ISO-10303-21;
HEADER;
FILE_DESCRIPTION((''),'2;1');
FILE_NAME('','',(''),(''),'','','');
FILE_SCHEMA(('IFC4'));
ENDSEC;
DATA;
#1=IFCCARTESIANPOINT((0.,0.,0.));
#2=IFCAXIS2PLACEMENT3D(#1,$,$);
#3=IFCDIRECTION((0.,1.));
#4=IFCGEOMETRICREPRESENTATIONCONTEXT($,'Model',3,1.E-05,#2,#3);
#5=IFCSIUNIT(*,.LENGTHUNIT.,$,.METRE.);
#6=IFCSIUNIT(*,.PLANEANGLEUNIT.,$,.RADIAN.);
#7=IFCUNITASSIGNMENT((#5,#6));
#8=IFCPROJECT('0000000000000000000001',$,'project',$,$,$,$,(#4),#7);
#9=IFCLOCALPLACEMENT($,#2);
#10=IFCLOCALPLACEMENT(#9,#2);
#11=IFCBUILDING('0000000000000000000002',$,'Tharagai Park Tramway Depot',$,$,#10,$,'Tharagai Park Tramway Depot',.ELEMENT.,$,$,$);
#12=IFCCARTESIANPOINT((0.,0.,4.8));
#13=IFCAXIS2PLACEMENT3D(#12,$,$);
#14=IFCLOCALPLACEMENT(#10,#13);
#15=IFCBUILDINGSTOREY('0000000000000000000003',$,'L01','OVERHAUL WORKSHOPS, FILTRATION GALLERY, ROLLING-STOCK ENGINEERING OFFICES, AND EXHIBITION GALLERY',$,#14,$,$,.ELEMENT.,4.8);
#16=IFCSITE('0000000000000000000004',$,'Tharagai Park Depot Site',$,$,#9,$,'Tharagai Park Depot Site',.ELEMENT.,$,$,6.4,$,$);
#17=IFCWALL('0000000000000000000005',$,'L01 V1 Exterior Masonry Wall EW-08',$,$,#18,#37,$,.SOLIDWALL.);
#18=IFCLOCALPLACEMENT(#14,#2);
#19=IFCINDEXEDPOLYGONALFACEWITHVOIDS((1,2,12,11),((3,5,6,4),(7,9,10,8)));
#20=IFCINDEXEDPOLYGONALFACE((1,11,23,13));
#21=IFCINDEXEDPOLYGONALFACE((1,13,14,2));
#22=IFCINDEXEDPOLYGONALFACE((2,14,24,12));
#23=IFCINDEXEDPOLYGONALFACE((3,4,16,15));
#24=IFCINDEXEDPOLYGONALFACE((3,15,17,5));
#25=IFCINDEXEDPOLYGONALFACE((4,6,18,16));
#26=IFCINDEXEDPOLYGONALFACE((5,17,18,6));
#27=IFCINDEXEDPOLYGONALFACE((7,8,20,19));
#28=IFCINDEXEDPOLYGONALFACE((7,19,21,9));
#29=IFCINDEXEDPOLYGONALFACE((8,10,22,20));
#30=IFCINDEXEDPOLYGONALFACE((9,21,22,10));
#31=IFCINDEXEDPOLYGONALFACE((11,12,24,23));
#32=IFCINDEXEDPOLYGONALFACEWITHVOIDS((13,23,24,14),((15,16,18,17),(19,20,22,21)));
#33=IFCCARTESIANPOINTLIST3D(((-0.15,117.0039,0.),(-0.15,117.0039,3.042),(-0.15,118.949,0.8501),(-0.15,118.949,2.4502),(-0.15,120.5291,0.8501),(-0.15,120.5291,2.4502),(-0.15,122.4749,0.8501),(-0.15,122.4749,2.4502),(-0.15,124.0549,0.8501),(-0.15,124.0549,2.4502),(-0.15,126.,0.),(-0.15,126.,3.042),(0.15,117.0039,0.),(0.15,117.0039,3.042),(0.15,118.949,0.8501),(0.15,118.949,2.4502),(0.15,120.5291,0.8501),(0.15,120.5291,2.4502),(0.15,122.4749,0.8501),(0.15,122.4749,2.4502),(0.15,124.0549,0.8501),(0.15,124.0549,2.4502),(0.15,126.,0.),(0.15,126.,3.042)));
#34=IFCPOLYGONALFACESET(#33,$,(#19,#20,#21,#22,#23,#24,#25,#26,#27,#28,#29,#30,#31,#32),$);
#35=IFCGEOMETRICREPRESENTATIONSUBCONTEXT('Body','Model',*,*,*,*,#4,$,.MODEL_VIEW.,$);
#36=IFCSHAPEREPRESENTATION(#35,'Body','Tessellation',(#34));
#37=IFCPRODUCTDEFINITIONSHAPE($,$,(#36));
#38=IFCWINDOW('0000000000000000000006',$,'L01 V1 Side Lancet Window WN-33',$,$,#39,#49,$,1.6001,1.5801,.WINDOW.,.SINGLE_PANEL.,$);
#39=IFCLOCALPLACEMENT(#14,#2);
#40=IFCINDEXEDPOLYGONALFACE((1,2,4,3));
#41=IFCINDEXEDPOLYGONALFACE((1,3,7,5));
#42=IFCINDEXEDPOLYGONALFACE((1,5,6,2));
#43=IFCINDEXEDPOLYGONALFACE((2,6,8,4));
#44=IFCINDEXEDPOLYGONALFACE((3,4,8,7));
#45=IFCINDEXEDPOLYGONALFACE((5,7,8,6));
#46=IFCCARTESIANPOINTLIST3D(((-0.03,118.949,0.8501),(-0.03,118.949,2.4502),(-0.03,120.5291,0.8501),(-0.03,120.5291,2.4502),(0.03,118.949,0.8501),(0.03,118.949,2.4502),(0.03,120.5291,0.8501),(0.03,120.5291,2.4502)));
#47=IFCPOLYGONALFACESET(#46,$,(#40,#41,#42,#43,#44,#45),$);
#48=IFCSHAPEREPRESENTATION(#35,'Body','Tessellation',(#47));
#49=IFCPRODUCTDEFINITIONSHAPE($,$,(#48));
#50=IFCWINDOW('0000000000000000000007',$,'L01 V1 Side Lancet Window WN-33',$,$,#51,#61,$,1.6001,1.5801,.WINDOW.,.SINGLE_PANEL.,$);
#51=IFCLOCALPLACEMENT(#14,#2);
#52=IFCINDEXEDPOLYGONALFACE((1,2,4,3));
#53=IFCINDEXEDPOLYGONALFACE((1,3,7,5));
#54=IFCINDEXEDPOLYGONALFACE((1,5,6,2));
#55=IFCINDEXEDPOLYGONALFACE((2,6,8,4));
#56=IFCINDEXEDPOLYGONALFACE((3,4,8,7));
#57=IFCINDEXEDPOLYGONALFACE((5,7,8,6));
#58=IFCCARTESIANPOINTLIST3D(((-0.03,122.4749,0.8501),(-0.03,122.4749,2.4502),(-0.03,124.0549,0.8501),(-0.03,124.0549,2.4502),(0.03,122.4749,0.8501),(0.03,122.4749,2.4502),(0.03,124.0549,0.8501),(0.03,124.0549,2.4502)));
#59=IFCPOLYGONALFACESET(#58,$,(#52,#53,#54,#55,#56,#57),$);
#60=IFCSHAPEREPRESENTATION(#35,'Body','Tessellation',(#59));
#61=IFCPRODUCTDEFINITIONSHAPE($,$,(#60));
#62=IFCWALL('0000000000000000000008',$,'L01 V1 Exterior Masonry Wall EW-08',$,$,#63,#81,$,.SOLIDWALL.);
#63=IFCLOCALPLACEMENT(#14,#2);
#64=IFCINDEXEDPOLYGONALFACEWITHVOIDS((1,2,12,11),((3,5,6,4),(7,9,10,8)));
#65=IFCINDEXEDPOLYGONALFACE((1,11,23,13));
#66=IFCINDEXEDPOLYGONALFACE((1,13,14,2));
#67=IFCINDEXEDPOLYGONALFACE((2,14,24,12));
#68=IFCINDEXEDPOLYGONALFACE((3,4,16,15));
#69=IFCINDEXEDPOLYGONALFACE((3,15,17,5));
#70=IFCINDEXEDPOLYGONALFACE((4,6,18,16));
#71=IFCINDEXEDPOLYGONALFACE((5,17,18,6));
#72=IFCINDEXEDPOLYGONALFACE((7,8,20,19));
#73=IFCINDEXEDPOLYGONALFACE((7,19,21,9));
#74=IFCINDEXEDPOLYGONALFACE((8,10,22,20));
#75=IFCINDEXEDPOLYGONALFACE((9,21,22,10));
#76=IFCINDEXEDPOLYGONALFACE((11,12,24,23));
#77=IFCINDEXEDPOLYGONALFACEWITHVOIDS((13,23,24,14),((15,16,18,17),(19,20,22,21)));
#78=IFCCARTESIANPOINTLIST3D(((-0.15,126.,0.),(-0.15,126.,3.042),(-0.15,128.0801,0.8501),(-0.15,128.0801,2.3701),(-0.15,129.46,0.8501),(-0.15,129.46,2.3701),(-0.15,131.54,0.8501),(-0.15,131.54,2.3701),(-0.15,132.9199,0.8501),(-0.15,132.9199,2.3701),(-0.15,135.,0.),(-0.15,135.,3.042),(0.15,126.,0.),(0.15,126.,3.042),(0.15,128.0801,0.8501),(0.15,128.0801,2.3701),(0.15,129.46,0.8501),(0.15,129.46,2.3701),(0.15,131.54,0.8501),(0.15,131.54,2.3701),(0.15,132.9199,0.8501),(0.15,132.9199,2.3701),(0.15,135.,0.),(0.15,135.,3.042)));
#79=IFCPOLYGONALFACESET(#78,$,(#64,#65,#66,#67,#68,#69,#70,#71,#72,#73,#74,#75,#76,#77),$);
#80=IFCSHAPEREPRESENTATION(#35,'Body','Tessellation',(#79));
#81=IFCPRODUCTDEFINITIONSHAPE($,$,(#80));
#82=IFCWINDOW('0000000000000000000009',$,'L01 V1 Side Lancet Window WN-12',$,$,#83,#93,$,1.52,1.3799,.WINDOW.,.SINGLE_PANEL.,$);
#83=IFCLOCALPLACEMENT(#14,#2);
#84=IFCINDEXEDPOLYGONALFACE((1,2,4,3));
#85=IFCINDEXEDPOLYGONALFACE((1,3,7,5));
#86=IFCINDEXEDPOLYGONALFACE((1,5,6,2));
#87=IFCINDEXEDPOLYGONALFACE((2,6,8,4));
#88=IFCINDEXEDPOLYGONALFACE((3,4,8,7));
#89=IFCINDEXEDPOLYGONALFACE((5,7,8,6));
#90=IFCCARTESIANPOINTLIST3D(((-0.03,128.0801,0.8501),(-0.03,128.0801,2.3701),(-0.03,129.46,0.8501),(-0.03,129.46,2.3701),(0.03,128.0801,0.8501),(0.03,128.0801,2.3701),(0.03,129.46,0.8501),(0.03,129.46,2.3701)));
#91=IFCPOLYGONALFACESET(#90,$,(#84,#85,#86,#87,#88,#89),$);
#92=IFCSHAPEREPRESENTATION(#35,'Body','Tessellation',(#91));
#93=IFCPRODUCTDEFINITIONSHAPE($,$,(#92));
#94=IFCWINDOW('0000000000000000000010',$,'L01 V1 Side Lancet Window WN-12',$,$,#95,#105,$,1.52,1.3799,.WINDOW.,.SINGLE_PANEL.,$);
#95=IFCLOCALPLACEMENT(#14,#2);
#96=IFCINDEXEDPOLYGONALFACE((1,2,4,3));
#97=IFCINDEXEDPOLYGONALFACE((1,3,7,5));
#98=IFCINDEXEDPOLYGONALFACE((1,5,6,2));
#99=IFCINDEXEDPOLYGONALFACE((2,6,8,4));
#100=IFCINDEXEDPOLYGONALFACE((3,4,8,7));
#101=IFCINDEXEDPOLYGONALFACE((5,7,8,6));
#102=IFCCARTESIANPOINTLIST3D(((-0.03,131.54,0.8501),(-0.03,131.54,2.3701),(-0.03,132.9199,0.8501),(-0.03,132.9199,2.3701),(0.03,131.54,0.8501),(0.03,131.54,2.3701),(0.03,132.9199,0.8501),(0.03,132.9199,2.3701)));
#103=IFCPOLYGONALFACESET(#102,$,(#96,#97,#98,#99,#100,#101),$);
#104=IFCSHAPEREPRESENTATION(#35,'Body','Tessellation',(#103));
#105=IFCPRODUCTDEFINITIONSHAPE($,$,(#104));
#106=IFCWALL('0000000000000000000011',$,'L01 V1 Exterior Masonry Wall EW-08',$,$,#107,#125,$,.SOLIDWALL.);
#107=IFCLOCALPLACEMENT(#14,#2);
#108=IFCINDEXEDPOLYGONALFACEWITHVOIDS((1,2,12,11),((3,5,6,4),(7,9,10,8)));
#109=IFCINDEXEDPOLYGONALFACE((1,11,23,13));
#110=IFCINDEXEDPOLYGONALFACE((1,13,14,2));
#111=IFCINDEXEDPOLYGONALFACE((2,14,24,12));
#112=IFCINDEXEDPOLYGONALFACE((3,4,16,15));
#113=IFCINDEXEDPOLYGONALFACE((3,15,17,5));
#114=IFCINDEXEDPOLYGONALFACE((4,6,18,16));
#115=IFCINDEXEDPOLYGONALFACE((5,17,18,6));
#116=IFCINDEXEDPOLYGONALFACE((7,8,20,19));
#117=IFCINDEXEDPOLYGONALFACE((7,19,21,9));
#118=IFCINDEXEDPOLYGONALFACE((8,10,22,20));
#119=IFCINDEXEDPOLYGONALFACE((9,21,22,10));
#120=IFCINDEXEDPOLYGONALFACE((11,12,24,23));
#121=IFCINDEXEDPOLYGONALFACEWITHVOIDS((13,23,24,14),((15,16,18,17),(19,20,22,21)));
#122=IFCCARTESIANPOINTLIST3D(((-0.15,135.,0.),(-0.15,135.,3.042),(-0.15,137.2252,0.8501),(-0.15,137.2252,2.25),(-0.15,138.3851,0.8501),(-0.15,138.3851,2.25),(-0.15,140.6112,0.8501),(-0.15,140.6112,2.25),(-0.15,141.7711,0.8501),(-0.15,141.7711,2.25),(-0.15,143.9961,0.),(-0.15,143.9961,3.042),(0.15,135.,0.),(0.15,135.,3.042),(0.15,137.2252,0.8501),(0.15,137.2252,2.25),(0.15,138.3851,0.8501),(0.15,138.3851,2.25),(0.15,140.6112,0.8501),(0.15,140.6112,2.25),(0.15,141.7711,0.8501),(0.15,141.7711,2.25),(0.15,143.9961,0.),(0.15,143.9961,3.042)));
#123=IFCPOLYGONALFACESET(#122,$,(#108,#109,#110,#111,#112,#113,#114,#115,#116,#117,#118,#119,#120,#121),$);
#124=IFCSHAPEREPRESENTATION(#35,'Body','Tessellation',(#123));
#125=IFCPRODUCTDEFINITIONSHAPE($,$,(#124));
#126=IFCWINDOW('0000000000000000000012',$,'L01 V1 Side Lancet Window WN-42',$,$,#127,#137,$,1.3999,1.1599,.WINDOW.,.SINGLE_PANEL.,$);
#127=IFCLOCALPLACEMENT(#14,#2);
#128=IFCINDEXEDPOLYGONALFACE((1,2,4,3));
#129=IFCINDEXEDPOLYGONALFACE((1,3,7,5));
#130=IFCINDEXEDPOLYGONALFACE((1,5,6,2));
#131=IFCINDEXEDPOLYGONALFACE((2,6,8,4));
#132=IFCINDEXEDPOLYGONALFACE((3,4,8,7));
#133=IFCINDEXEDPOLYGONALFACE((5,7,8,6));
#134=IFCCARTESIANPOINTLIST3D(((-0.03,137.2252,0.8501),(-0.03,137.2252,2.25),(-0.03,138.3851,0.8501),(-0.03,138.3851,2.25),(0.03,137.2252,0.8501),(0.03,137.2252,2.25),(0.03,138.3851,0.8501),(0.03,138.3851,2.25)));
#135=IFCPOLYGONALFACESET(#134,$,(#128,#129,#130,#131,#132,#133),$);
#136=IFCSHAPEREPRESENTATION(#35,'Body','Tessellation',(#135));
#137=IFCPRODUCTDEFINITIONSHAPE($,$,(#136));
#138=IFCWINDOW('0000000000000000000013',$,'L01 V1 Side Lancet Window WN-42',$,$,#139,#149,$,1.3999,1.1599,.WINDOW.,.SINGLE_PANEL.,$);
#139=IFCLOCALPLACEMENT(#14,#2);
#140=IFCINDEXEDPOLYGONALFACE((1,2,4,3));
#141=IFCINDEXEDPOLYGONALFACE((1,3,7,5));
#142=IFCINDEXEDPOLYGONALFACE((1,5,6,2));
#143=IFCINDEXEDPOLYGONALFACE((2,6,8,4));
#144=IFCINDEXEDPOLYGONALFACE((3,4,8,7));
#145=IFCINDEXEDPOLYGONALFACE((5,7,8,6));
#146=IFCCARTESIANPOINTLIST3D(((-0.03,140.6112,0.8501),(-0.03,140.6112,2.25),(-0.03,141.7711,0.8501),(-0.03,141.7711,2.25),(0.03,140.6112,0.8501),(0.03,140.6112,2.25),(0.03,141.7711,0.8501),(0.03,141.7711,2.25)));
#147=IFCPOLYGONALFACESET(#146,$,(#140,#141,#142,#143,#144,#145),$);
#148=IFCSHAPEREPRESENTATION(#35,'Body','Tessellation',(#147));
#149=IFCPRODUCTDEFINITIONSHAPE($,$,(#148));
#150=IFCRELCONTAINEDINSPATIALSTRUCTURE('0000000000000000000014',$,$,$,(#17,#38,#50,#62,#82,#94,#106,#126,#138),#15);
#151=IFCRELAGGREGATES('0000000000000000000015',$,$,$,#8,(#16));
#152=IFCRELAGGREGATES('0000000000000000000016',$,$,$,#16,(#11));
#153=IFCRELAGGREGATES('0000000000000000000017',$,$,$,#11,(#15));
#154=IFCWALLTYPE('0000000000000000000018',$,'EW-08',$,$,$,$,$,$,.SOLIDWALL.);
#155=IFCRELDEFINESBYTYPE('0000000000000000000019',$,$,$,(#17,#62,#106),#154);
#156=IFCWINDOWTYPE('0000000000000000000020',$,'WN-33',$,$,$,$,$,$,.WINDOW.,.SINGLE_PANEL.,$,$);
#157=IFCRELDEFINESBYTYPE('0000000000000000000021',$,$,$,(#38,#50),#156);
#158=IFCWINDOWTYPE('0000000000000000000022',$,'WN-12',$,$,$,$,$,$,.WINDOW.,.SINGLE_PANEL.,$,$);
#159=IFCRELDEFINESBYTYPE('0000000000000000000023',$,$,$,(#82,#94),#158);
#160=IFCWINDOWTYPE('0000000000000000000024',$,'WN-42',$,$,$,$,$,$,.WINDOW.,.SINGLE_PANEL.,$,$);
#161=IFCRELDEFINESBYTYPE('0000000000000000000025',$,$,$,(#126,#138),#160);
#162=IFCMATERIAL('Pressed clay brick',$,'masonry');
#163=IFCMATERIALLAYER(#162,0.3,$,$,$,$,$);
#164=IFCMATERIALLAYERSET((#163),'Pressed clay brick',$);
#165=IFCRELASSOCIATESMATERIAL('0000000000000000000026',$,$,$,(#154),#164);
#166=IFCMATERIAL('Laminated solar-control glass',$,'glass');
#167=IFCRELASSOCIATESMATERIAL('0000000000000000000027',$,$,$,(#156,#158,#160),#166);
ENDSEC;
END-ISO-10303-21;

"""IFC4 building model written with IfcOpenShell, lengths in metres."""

from ifc_helpers import new_model, si_unit, direction, frame, frame_2d, origin, place, context, subcontext, project, spatial, rectangle, extrude, material, layer, layer_set, type_object, element, fill, save


model = new_model("IFC4")

# Units and contexts
model_context = context("Model", 3, precision=1e-05, world=origin(), true_north=direction((0.0, 1.0)))
body_context = subcontext(model_context, "Body", "Model", "MODEL_VIEW")
ifc_project = project(units=[si_unit("LENGTHUNIT", "METRE"), si_unit("PLANEANGLEUNIT", "RADIAN")], contexts=[model_context])

# Site, building, storey
site_placement = place(None, origin())
site = spatial("IfcSite", under=ifc_project, at=site_placement, Name="Tharagai Park Depot Site", LongName="Tharagai Park Depot Site", CompositionType="ELEMENT", RefElevation=6.4)
building_placement = place(site_placement, origin())
building = spatial("IfcBuilding", under=site, at=building_placement, Name="Tharagai Park Tramway Depot", LongName="Tharagai Park Tramway Depot", CompositionType="ELEMENT")
storey_placement = place(building_placement, frame((0.0, 0.0, 4.8)))
storey = spatial("IfcBuildingStorey", under=building, at=storey_placement, Name="L01", Description="OVERHAUL WORKSHOPS, FILTRATION GALLERY, ROLLING-STOCK ENGINEERING OFFICES, AND EXHIBITION GALLERY", CompositionType="ELEMENT", Elevation=4.8)

# Walls, openings, windows
ifc_material_1 = material(Name="Pressed clay brick", Category="masonry")
ifc_layer = layer(ifc_material_1, 0.3)
ifc_layer_set = layer_set([ifc_layer], Name="Pressed clay brick")
wall_type = type_object("IfcWallType", Name="EW-08", PredefinedType="SOLIDWALL", material=ifc_layer_set)
ifc_material_2 = material(Name="Laminated solar-control glass", Category="glass")
wall_1_placement = place(storey_placement, frame((0.0, 117.0039, 0.0), z_axis=(0.0, 0.0, 1.0), x_axis=(0.0, 1.0, 0.0)))
wall_1 = element("IfcWall", 1, at=wall_1_placement, inside=storey, type_object=wall_type, Name="L01 V1 Exterior Masonry Wall EW-08", PredefinedType="SOLIDWALL", context=body_context, shape_type="SweptSolid", body=[
    extrude(rectangle(XDim=8.9961, YDim=0.3, at=frame_2d((4.498, 0.0))), origin(), (0.0, 0.0, 1.0), 3.042),
])
opening_1_placement = place(wall_1_placement, frame((1.9451, 0.0, 0.8501)))
opening_1 = element("IfcOpeningElement", 2, at=opening_1_placement, cuts=wall_1, PredefinedType="OPENING", context=body_context, shape_type="SweptSolid", body=[
    extrude(rectangle(XDim=1.5801, YDim=1.6001, at=frame_2d((0.79, 0.8))), frame((0.0, 0.1599, 0.0), z_axis=(0.0, -1.0, 0.0), x_axis=(1.0, 0.0, 0.0)), (0.0, 0.0, 1.0), 0.3201),
])
opening_2_placement = place(wall_1_placement, frame((5.4709, 0.0, 0.8501)))
opening_2 = element("IfcOpeningElement", 3, at=opening_2_placement, cuts=wall_1, PredefinedType="OPENING", context=body_context, shape_type="SweptSolid", body=[
    extrude(rectangle(XDim=1.5801, YDim=1.6001, at=frame_2d((0.79, 0.8))), frame((0.0, 0.1599, 0.0), z_axis=(0.0, -1.0, 0.0), x_axis=(1.0, 0.0, 0.0)), (0.0, 0.0, 1.0), 0.3201),
])
window_type_1 = type_object("IfcWindowType", Name="WN-33", PartitioningType="SINGLE_PANEL", PredefinedType="WINDOW", material=ifc_material_2)
window_1_placement = place(opening_1_placement, origin())
window_1 = element("IfcWindow", 4, at=window_1_placement, inside=storey, type_object=window_type_1, Name="L01 V1 Side Lancet Window WN-33", OverallHeight=1.6001, OverallWidth=1.5801, PartitioningType="SINGLE_PANEL", PredefinedType="WINDOW", context=body_context, shape_type="SweptSolid", body=[
    extrude(rectangle(XDim=1.5801, YDim=1.6001, at=frame_2d((0.79, 0.8))), frame((0.0, 0.03, 0.0), z_axis=(0.0, -1.0, 0.0), x_axis=(1.0, 0.0, 0.0)), (0.0, 0.0, 1.0), 0.0601),
])
fill(opening_1, window_1)
window_2_placement = place(opening_2_placement, origin())
window_2 = element("IfcWindow", 5, at=window_2_placement, inside=storey, type_object=window_type_1, Name="L01 V1 Side Lancet Window WN-33", OverallHeight=1.6001, OverallWidth=1.5801, PartitioningType="SINGLE_PANEL", PredefinedType="WINDOW", context=body_context, shape_type="SweptSolid", body=[
    extrude(rectangle(XDim=1.5801, YDim=1.6001, at=frame_2d((0.79, 0.8))), frame((0.0, 0.03, 0.0), z_axis=(0.0, -1.0, 0.0), x_axis=(1.0, 0.0, 0.0)), (0.0, 0.0, 1.0), 0.0601),
])
fill(opening_2, window_2)
wall_2_placement = place(storey_placement, frame((0.0, 126.0, 0.0), z_axis=(0.0, 0.0, 1.0), x_axis=(0.0, 1.0, 0.0)))
wall_2 = element("IfcWall", 6, at=wall_2_placement, inside=storey, type_object=wall_type, Name="L01 V1 Exterior Masonry Wall EW-08", PredefinedType="SOLIDWALL", context=body_context, shape_type="SweptSolid", body=[
    extrude(rectangle(XDim=9.0, YDim=0.3, at=frame_2d((4.5, 0.0))), origin(), (0.0, 0.0, 1.0), 3.042),
])
opening_3_placement = place(wall_2_placement, frame((2.0801, 0.0, 0.8501)))
opening_3 = element("IfcOpeningElement", 7, at=opening_3_placement, cuts=wall_2, PredefinedType="OPENING", context=body_context, shape_type="SweptSolid", body=[
    extrude(rectangle(XDim=1.3799, YDim=1.52, at=frame_2d((0.6899, 0.76))), frame((0.0, 0.1599, 0.0), z_axis=(0.0, -1.0, 0.0), x_axis=(1.0, 0.0, 0.0)), (0.0, 0.0, 1.0), 0.3201),
])
opening_4_placement = place(wall_2_placement, frame((5.54, 0.0, 0.8501)))
opening_4 = element("IfcOpeningElement", 8, at=opening_4_placement, cuts=wall_2, PredefinedType="OPENING", context=body_context, shape_type="SweptSolid", body=[
    extrude(rectangle(XDim=1.3799, YDim=1.52, at=frame_2d((0.6899, 0.76))), frame((0.0, 0.1599, 0.0), z_axis=(0.0, -1.0, 0.0), x_axis=(1.0, 0.0, 0.0)), (0.0, 0.0, 1.0), 0.3201),
])
window_type_2 = type_object("IfcWindowType", Name="WN-12", PartitioningType="SINGLE_PANEL", PredefinedType="WINDOW", material=ifc_material_2)
window_3_placement = place(opening_3_placement, origin())
window_3 = element("IfcWindow", 9, at=window_3_placement, inside=storey, type_object=window_type_2, Name="L01 V1 Side Lancet Window WN-12", OverallHeight=1.52, OverallWidth=1.3799, PartitioningType="SINGLE_PANEL", PredefinedType="WINDOW", context=body_context, shape_type="SweptSolid", body=[
    extrude(rectangle(XDim=1.3799, YDim=1.52, at=frame_2d((0.6899, 0.76))), frame((0.0, 0.03, 0.0), z_axis=(0.0, -1.0, 0.0), x_axis=(1.0, 0.0, 0.0)), (0.0, 0.0, 1.0), 0.0601),
])
fill(opening_3, window_3)
window_4_placement = place(opening_4_placement, origin())
window_4 = element("IfcWindow", 10, at=window_4_placement, inside=storey, type_object=window_type_2, Name="L01 V1 Side Lancet Window WN-12", OverallHeight=1.52, OverallWidth=1.3799, PartitioningType="SINGLE_PANEL", PredefinedType="WINDOW", context=body_context, shape_type="SweptSolid", body=[
    extrude(rectangle(XDim=1.3799, YDim=1.52, at=frame_2d((0.6899, 0.76))), frame((0.0, 0.03, 0.0), z_axis=(0.0, -1.0, 0.0), x_axis=(1.0, 0.0, 0.0)), (0.0, 0.0, 1.0), 0.0601),
])
fill(opening_4, window_4)
wall_3_placement = place(storey_placement, frame((0.0, 135.0, 0.0), z_axis=(0.0, 0.0, 1.0), x_axis=(0.0, 1.0, 0.0)))
wall_3 = element("IfcWall", 11, at=wall_3_placement, inside=storey, type_object=wall_type, Name="L01 V1 Exterior Masonry Wall EW-08", PredefinedType="SOLIDWALL", context=body_context, shape_type="SweptSolid", body=[
    extrude(rectangle(XDim=8.9961, YDim=0.3, at=frame_2d((4.498, 0.0))), origin(), (0.0, 0.0, 1.0), 3.042),
])
opening_5_placement = place(wall_3_placement, frame((2.2251, 0.0, 0.8501)))
opening_5 = element("IfcOpeningElement", 12, at=opening_5_placement, cuts=wall_3, PredefinedType="OPENING", context=body_context, shape_type="SweptSolid", body=[
    extrude(rectangle(XDim=1.1599, YDim=1.3999, at=frame_2d((0.5801, 0.7))), frame((0.0, 0.1599, 0.0), z_axis=(0.0, -1.0, 0.0), x_axis=(1.0, 0.0, 0.0)), (0.0, 0.0, 1.0), 0.3201),
])
opening_6_placement = place(wall_3_placement, frame((5.6111, 0.0, 0.8501)))
opening_6 = element("IfcOpeningElement", 13, at=opening_6_placement, cuts=wall_3, PredefinedType="OPENING", context=body_context, shape_type="SweptSolid", body=[
    extrude(rectangle(XDim=1.1599, YDim=1.3999, at=frame_2d((0.5801, 0.7))), frame((0.0, 0.1599, 0.0), z_axis=(0.0, -1.0, 0.0), x_axis=(1.0, 0.0, 0.0)), (0.0, 0.0, 1.0), 0.3201),
])
window_type_3 = type_object("IfcWindowType", Name="WN-42", PartitioningType="SINGLE_PANEL", PredefinedType="WINDOW", material=ifc_material_2)
window_5_placement = place(opening_5_placement, origin())
window_5 = element("IfcWindow", 14, at=window_5_placement, inside=storey, type_object=window_type_3, Name="L01 V1 Side Lancet Window WN-42", OverallHeight=1.3999, OverallWidth=1.1599, PartitioningType="SINGLE_PANEL", PredefinedType="WINDOW", context=body_context, shape_type="SweptSolid", body=[
    extrude(rectangle(XDim=1.1599, YDim=1.3999, at=frame_2d((0.5801, 0.7))), frame((0.0, 0.03, 0.0), z_axis=(0.0, -1.0, 0.0), x_axis=(1.0, 0.0, 0.0)), (0.0, 0.0, 1.0), 0.0601),
])
fill(opening_5, window_5)
window_6_placement = place(opening_6_placement, origin())
window_6 = element("IfcWindow", 15, at=window_6_placement, inside=storey, type_object=window_type_3, Name="L01 V1 Side Lancet Window WN-42", OverallHeight=1.3999, OverallWidth=1.1599, PartitioningType="SINGLE_PANEL", PredefinedType="WINDOW", context=body_context, shape_type="SweptSolid", body=[
    extrude(rectangle(XDim=1.1599, YDim=1.3999, at=frame_2d((0.5801, 0.7))), frame((0.0, 0.03, 0.0), z_axis=(0.0, -1.0, 0.0), x_axis=(1.0, 0.0, 0.0)), (0.0, 0.0, 1.0), 0.0601),
])
fill(opening_6, window_6)

save(model, "model.ifc")
